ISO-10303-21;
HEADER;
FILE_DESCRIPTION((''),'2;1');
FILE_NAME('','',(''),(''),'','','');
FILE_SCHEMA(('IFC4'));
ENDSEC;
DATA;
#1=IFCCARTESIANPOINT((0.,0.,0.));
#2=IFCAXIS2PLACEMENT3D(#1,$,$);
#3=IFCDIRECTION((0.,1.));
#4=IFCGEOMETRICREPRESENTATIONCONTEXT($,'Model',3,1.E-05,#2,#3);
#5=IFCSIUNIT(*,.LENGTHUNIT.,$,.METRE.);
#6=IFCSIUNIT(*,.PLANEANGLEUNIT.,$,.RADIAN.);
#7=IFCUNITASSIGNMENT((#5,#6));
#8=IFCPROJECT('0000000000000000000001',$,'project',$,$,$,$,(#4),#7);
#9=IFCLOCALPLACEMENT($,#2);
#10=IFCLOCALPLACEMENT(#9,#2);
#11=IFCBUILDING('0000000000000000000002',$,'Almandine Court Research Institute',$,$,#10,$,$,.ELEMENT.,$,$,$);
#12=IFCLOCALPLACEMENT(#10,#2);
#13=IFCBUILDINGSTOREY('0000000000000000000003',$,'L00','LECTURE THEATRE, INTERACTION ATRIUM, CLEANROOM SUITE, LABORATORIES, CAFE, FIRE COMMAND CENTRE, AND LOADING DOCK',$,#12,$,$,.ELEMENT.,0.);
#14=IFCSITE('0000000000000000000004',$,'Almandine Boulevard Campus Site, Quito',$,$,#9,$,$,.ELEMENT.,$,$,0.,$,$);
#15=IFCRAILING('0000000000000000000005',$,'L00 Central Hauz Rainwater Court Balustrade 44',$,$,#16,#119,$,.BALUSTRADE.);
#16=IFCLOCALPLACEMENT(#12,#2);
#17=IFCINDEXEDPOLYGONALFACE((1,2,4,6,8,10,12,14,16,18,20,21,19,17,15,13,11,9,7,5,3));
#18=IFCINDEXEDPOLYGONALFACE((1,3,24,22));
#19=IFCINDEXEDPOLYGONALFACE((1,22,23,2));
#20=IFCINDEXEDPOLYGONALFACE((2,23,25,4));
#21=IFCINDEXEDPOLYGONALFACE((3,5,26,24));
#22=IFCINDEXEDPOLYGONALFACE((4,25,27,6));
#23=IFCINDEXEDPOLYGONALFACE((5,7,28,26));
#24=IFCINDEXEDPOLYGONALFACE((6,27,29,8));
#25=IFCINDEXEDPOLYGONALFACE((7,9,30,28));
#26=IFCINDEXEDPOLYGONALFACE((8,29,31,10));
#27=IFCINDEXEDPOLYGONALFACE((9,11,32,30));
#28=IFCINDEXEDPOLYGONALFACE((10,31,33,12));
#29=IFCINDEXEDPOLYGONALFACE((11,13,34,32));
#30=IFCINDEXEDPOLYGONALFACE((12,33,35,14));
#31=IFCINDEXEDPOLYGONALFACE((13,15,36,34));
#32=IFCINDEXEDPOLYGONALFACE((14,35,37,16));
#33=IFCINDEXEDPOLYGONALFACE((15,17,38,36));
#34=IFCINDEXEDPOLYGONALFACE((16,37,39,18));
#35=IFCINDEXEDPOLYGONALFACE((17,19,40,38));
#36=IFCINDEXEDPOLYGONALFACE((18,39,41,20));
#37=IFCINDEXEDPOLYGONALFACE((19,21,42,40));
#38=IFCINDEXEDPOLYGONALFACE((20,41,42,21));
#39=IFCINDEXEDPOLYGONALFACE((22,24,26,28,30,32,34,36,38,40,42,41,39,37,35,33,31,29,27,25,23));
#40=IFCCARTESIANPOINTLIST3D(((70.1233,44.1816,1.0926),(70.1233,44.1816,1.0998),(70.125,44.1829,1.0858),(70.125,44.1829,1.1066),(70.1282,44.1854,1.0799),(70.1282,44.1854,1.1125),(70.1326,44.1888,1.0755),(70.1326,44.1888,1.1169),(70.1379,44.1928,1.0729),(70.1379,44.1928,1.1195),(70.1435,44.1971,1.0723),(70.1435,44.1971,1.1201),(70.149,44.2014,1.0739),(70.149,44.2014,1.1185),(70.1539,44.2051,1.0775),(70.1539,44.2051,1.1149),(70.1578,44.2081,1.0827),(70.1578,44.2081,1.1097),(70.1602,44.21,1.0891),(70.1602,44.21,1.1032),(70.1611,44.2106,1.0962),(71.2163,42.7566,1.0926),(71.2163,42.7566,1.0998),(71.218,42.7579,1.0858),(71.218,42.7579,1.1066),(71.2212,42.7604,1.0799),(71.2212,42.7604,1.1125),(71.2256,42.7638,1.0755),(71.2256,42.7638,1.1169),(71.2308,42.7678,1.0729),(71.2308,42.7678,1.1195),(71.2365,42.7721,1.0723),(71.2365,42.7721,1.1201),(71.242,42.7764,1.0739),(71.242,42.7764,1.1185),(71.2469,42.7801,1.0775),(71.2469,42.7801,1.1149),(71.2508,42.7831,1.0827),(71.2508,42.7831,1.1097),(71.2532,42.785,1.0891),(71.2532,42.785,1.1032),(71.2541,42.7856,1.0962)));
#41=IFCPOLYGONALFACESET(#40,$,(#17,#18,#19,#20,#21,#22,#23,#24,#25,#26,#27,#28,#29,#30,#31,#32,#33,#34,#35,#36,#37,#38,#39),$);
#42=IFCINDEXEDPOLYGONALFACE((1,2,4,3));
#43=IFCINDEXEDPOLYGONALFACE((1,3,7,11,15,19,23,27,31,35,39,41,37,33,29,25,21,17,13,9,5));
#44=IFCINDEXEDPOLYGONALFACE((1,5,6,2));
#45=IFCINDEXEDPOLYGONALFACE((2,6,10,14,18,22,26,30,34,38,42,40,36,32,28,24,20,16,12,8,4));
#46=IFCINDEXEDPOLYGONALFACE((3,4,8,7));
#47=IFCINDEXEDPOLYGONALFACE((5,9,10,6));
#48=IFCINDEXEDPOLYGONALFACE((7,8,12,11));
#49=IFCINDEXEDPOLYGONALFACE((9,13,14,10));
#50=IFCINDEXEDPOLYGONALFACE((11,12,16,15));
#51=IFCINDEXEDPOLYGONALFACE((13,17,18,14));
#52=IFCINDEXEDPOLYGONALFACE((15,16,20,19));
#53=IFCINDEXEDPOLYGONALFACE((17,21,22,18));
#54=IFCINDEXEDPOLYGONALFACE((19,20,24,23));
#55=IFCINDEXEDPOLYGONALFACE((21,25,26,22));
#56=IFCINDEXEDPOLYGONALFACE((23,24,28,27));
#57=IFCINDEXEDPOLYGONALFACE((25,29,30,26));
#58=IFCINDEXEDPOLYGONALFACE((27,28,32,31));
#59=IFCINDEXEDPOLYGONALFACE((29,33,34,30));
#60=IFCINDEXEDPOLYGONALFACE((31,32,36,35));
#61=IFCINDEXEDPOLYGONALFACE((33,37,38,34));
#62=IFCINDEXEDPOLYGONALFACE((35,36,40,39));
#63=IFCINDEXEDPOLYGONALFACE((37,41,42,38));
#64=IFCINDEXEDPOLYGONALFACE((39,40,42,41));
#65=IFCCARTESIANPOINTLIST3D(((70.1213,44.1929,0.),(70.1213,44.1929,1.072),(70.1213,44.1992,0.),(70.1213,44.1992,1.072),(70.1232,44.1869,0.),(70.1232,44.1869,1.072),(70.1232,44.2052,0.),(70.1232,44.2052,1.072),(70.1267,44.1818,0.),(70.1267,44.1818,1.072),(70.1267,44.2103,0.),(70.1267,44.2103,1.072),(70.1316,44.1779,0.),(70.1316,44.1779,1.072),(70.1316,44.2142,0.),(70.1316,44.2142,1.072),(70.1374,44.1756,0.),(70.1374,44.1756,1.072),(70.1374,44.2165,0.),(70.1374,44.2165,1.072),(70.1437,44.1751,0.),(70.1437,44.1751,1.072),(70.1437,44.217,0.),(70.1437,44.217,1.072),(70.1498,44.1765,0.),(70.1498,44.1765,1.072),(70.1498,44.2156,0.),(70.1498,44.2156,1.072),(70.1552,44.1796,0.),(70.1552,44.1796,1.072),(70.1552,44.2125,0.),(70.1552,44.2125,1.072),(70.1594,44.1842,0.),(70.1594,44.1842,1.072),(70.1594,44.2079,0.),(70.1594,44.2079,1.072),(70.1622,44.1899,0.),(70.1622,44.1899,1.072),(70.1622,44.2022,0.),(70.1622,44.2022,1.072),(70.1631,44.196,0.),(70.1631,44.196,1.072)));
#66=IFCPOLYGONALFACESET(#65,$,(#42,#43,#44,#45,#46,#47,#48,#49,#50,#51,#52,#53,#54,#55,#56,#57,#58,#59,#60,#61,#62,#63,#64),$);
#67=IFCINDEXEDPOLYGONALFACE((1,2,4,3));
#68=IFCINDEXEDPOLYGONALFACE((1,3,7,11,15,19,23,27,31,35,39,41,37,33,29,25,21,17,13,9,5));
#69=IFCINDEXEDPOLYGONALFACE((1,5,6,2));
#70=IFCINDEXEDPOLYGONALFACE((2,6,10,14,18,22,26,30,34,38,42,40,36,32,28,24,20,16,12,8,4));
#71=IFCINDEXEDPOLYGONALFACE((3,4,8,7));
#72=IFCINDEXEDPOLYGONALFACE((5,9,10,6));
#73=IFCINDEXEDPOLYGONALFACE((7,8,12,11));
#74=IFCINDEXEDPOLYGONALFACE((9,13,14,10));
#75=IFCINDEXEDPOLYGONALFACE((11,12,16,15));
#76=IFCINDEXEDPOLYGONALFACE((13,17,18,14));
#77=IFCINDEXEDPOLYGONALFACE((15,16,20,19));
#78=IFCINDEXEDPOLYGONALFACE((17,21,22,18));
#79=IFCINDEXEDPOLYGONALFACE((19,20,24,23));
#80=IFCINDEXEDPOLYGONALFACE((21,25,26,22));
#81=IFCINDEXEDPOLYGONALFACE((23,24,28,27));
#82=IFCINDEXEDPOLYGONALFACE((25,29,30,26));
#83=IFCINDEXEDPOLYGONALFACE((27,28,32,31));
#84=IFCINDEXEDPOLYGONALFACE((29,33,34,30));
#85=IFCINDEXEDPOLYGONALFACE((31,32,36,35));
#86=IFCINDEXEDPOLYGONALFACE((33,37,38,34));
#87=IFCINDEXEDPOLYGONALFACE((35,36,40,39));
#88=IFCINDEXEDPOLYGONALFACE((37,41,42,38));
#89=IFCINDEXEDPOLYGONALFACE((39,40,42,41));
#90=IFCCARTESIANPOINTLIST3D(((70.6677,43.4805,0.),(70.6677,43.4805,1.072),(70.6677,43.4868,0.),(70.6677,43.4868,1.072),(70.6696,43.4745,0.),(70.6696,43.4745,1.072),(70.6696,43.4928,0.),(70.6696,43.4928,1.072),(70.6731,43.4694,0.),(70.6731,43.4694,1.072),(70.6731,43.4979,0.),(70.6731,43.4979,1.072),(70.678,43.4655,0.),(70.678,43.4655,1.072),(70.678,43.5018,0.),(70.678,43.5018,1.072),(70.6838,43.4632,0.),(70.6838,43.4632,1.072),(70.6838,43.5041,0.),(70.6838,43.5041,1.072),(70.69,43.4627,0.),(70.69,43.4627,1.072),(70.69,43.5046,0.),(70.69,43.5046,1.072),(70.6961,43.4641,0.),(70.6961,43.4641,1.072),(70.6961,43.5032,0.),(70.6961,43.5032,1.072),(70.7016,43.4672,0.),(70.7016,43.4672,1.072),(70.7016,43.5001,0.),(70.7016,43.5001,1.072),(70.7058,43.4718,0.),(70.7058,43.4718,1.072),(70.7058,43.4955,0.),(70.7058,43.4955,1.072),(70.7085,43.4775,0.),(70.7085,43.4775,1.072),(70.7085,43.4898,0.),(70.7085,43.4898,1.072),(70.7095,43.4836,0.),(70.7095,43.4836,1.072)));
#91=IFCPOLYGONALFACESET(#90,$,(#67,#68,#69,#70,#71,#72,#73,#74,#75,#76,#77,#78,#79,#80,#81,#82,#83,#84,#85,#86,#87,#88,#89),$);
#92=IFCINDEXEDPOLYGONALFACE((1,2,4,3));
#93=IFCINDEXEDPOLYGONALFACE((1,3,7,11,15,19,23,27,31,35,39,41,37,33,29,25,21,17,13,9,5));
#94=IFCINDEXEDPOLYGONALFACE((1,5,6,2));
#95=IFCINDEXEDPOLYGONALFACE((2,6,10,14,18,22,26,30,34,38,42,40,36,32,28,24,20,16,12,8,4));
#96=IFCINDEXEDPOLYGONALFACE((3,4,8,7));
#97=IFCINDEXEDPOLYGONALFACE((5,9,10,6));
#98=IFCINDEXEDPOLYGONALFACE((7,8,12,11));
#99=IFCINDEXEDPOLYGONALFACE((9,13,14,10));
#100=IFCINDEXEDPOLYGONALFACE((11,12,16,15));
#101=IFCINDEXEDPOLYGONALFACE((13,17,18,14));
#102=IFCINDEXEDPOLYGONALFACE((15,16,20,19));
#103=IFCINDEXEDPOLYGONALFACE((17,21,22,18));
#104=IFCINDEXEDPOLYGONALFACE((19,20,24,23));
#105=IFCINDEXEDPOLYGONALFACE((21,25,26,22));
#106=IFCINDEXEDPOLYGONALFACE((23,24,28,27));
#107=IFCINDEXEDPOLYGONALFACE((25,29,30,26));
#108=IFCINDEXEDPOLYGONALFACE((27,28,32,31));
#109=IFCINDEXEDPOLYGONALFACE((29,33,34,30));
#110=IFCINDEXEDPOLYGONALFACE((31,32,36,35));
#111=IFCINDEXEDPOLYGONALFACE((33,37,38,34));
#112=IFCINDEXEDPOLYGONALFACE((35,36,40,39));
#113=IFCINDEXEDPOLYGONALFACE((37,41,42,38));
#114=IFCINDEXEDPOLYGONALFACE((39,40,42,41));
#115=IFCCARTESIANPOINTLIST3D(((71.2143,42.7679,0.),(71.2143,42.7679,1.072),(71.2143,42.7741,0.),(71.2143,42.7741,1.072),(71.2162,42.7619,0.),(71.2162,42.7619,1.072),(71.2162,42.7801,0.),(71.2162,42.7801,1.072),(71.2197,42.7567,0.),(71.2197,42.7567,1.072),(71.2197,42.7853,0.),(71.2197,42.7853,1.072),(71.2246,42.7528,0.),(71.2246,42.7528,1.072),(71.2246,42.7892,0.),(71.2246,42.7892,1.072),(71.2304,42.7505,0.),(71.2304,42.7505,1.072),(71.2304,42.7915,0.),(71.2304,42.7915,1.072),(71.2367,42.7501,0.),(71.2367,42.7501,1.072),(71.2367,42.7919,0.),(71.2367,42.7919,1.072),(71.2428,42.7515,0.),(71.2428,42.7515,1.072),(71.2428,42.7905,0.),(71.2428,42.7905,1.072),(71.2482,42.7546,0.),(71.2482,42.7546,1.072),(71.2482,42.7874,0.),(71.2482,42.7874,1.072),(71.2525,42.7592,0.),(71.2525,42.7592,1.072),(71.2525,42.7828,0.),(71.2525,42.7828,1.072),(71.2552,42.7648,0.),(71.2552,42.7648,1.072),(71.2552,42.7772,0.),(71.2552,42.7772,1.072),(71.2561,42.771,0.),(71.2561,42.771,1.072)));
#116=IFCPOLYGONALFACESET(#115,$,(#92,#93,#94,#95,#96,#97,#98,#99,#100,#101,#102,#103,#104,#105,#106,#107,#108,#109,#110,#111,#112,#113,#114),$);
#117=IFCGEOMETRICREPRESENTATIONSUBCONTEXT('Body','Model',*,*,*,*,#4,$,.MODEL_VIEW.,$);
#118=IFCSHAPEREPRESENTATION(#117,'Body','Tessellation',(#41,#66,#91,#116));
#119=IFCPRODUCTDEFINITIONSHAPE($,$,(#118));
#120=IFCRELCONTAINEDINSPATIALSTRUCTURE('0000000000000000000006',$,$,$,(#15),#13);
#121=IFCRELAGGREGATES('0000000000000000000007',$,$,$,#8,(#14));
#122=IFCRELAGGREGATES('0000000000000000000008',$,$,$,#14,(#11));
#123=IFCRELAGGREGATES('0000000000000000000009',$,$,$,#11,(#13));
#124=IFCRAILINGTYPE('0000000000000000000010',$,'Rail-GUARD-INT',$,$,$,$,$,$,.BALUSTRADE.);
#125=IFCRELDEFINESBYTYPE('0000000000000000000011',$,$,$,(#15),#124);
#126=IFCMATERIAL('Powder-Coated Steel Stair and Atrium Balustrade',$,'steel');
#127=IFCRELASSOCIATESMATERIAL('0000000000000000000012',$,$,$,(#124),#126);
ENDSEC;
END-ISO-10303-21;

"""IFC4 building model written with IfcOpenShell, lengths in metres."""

from ifc_helpers import new_model, si_unit, direction, frame, origin, origin_2d, place, context, subcontext, project, spatial, circle, extrude, material, type_object, element, save


model = new_model("IFC4")

# Units and contexts
model_context = context("Model", 3, precision=1e-05, world=origin(), true_north=direction((0.0, 1.0)))
body_context = subcontext(model_context, "Body", "Model", "MODEL_VIEW")
ifc_project = project(units=[si_unit("LENGTHUNIT", "METRE"), si_unit("PLANEANGLEUNIT", "RADIAN")], contexts=[model_context])

# Site, building, storey
site_placement = place(None, origin())
site = spatial("IfcSite", under=ifc_project, at=site_placement, Name="Almandine Boulevard Campus Site, Quito", CompositionType="ELEMENT", RefElevation=0.0)
building_placement = place(site_placement, origin())
building = spatial("IfcBuilding", under=site, at=building_placement, Name="Almandine Court Research Institute", CompositionType="ELEMENT")
storey_placement = place(building_placement, origin())
storey = spatial("IfcBuildingStorey", under=building, at=storey_placement, Name="L00", Description="LECTURE THEATRE, INTERACTION ATRIUM, CLEANROOM SUITE, LABORATORIES, CAFE, FIRE COMMAND CENTRE, AND LOADING DOCK", CompositionType="ELEMENT", Elevation=0.0)

# Railing
ifc_material_1 = material(Name="Powder-Coated Steel Stair and Atrium Balustrade", Category="steel")
railing_type = type_object("IfcRailingType", Name="Rail-GUARD-INT", PredefinedType="BALUSTRADE", material=ifc_material_1)
railing_1_placement = place(storey_placement, frame((70.1421, 44.196, 0.0)))
element("IfcRailing", 1, at=railing_1_placement, inside=storey, type_object=railing_type, Name="L00 Central Hauz Rainwater Court Balustrade 44", PredefinedType="BALUSTRADE", context=body_context, shape_type="SweptSolid", body=[
    extrude(circle(Radius=0.0239, at=origin_2d()), frame((0.0, 0.0, 1.0962), z_axis=(0.6086, -0.793477, 0.0), x_axis=(0.793477, 0.6086, 0.0)), (0.0, 0.0, 1.0), 1.7959),
    extrude(circle(Radius=0.021, at=origin_2d()), origin(), (0.0, 0.0, 1.0), 1.072),
    extrude(circle(Radius=0.021, at=origin_2d()), frame((0.5464, -0.7124, 0.0)), (0.0, 0.0, 1.0), 1.072),
    extrude(circle(Radius=0.021, at=origin_2d()), frame((1.093, -1.425, 0.0)), (0.0, 0.0, 1.0), 1.072),
])

save(model, "model.ifc")
